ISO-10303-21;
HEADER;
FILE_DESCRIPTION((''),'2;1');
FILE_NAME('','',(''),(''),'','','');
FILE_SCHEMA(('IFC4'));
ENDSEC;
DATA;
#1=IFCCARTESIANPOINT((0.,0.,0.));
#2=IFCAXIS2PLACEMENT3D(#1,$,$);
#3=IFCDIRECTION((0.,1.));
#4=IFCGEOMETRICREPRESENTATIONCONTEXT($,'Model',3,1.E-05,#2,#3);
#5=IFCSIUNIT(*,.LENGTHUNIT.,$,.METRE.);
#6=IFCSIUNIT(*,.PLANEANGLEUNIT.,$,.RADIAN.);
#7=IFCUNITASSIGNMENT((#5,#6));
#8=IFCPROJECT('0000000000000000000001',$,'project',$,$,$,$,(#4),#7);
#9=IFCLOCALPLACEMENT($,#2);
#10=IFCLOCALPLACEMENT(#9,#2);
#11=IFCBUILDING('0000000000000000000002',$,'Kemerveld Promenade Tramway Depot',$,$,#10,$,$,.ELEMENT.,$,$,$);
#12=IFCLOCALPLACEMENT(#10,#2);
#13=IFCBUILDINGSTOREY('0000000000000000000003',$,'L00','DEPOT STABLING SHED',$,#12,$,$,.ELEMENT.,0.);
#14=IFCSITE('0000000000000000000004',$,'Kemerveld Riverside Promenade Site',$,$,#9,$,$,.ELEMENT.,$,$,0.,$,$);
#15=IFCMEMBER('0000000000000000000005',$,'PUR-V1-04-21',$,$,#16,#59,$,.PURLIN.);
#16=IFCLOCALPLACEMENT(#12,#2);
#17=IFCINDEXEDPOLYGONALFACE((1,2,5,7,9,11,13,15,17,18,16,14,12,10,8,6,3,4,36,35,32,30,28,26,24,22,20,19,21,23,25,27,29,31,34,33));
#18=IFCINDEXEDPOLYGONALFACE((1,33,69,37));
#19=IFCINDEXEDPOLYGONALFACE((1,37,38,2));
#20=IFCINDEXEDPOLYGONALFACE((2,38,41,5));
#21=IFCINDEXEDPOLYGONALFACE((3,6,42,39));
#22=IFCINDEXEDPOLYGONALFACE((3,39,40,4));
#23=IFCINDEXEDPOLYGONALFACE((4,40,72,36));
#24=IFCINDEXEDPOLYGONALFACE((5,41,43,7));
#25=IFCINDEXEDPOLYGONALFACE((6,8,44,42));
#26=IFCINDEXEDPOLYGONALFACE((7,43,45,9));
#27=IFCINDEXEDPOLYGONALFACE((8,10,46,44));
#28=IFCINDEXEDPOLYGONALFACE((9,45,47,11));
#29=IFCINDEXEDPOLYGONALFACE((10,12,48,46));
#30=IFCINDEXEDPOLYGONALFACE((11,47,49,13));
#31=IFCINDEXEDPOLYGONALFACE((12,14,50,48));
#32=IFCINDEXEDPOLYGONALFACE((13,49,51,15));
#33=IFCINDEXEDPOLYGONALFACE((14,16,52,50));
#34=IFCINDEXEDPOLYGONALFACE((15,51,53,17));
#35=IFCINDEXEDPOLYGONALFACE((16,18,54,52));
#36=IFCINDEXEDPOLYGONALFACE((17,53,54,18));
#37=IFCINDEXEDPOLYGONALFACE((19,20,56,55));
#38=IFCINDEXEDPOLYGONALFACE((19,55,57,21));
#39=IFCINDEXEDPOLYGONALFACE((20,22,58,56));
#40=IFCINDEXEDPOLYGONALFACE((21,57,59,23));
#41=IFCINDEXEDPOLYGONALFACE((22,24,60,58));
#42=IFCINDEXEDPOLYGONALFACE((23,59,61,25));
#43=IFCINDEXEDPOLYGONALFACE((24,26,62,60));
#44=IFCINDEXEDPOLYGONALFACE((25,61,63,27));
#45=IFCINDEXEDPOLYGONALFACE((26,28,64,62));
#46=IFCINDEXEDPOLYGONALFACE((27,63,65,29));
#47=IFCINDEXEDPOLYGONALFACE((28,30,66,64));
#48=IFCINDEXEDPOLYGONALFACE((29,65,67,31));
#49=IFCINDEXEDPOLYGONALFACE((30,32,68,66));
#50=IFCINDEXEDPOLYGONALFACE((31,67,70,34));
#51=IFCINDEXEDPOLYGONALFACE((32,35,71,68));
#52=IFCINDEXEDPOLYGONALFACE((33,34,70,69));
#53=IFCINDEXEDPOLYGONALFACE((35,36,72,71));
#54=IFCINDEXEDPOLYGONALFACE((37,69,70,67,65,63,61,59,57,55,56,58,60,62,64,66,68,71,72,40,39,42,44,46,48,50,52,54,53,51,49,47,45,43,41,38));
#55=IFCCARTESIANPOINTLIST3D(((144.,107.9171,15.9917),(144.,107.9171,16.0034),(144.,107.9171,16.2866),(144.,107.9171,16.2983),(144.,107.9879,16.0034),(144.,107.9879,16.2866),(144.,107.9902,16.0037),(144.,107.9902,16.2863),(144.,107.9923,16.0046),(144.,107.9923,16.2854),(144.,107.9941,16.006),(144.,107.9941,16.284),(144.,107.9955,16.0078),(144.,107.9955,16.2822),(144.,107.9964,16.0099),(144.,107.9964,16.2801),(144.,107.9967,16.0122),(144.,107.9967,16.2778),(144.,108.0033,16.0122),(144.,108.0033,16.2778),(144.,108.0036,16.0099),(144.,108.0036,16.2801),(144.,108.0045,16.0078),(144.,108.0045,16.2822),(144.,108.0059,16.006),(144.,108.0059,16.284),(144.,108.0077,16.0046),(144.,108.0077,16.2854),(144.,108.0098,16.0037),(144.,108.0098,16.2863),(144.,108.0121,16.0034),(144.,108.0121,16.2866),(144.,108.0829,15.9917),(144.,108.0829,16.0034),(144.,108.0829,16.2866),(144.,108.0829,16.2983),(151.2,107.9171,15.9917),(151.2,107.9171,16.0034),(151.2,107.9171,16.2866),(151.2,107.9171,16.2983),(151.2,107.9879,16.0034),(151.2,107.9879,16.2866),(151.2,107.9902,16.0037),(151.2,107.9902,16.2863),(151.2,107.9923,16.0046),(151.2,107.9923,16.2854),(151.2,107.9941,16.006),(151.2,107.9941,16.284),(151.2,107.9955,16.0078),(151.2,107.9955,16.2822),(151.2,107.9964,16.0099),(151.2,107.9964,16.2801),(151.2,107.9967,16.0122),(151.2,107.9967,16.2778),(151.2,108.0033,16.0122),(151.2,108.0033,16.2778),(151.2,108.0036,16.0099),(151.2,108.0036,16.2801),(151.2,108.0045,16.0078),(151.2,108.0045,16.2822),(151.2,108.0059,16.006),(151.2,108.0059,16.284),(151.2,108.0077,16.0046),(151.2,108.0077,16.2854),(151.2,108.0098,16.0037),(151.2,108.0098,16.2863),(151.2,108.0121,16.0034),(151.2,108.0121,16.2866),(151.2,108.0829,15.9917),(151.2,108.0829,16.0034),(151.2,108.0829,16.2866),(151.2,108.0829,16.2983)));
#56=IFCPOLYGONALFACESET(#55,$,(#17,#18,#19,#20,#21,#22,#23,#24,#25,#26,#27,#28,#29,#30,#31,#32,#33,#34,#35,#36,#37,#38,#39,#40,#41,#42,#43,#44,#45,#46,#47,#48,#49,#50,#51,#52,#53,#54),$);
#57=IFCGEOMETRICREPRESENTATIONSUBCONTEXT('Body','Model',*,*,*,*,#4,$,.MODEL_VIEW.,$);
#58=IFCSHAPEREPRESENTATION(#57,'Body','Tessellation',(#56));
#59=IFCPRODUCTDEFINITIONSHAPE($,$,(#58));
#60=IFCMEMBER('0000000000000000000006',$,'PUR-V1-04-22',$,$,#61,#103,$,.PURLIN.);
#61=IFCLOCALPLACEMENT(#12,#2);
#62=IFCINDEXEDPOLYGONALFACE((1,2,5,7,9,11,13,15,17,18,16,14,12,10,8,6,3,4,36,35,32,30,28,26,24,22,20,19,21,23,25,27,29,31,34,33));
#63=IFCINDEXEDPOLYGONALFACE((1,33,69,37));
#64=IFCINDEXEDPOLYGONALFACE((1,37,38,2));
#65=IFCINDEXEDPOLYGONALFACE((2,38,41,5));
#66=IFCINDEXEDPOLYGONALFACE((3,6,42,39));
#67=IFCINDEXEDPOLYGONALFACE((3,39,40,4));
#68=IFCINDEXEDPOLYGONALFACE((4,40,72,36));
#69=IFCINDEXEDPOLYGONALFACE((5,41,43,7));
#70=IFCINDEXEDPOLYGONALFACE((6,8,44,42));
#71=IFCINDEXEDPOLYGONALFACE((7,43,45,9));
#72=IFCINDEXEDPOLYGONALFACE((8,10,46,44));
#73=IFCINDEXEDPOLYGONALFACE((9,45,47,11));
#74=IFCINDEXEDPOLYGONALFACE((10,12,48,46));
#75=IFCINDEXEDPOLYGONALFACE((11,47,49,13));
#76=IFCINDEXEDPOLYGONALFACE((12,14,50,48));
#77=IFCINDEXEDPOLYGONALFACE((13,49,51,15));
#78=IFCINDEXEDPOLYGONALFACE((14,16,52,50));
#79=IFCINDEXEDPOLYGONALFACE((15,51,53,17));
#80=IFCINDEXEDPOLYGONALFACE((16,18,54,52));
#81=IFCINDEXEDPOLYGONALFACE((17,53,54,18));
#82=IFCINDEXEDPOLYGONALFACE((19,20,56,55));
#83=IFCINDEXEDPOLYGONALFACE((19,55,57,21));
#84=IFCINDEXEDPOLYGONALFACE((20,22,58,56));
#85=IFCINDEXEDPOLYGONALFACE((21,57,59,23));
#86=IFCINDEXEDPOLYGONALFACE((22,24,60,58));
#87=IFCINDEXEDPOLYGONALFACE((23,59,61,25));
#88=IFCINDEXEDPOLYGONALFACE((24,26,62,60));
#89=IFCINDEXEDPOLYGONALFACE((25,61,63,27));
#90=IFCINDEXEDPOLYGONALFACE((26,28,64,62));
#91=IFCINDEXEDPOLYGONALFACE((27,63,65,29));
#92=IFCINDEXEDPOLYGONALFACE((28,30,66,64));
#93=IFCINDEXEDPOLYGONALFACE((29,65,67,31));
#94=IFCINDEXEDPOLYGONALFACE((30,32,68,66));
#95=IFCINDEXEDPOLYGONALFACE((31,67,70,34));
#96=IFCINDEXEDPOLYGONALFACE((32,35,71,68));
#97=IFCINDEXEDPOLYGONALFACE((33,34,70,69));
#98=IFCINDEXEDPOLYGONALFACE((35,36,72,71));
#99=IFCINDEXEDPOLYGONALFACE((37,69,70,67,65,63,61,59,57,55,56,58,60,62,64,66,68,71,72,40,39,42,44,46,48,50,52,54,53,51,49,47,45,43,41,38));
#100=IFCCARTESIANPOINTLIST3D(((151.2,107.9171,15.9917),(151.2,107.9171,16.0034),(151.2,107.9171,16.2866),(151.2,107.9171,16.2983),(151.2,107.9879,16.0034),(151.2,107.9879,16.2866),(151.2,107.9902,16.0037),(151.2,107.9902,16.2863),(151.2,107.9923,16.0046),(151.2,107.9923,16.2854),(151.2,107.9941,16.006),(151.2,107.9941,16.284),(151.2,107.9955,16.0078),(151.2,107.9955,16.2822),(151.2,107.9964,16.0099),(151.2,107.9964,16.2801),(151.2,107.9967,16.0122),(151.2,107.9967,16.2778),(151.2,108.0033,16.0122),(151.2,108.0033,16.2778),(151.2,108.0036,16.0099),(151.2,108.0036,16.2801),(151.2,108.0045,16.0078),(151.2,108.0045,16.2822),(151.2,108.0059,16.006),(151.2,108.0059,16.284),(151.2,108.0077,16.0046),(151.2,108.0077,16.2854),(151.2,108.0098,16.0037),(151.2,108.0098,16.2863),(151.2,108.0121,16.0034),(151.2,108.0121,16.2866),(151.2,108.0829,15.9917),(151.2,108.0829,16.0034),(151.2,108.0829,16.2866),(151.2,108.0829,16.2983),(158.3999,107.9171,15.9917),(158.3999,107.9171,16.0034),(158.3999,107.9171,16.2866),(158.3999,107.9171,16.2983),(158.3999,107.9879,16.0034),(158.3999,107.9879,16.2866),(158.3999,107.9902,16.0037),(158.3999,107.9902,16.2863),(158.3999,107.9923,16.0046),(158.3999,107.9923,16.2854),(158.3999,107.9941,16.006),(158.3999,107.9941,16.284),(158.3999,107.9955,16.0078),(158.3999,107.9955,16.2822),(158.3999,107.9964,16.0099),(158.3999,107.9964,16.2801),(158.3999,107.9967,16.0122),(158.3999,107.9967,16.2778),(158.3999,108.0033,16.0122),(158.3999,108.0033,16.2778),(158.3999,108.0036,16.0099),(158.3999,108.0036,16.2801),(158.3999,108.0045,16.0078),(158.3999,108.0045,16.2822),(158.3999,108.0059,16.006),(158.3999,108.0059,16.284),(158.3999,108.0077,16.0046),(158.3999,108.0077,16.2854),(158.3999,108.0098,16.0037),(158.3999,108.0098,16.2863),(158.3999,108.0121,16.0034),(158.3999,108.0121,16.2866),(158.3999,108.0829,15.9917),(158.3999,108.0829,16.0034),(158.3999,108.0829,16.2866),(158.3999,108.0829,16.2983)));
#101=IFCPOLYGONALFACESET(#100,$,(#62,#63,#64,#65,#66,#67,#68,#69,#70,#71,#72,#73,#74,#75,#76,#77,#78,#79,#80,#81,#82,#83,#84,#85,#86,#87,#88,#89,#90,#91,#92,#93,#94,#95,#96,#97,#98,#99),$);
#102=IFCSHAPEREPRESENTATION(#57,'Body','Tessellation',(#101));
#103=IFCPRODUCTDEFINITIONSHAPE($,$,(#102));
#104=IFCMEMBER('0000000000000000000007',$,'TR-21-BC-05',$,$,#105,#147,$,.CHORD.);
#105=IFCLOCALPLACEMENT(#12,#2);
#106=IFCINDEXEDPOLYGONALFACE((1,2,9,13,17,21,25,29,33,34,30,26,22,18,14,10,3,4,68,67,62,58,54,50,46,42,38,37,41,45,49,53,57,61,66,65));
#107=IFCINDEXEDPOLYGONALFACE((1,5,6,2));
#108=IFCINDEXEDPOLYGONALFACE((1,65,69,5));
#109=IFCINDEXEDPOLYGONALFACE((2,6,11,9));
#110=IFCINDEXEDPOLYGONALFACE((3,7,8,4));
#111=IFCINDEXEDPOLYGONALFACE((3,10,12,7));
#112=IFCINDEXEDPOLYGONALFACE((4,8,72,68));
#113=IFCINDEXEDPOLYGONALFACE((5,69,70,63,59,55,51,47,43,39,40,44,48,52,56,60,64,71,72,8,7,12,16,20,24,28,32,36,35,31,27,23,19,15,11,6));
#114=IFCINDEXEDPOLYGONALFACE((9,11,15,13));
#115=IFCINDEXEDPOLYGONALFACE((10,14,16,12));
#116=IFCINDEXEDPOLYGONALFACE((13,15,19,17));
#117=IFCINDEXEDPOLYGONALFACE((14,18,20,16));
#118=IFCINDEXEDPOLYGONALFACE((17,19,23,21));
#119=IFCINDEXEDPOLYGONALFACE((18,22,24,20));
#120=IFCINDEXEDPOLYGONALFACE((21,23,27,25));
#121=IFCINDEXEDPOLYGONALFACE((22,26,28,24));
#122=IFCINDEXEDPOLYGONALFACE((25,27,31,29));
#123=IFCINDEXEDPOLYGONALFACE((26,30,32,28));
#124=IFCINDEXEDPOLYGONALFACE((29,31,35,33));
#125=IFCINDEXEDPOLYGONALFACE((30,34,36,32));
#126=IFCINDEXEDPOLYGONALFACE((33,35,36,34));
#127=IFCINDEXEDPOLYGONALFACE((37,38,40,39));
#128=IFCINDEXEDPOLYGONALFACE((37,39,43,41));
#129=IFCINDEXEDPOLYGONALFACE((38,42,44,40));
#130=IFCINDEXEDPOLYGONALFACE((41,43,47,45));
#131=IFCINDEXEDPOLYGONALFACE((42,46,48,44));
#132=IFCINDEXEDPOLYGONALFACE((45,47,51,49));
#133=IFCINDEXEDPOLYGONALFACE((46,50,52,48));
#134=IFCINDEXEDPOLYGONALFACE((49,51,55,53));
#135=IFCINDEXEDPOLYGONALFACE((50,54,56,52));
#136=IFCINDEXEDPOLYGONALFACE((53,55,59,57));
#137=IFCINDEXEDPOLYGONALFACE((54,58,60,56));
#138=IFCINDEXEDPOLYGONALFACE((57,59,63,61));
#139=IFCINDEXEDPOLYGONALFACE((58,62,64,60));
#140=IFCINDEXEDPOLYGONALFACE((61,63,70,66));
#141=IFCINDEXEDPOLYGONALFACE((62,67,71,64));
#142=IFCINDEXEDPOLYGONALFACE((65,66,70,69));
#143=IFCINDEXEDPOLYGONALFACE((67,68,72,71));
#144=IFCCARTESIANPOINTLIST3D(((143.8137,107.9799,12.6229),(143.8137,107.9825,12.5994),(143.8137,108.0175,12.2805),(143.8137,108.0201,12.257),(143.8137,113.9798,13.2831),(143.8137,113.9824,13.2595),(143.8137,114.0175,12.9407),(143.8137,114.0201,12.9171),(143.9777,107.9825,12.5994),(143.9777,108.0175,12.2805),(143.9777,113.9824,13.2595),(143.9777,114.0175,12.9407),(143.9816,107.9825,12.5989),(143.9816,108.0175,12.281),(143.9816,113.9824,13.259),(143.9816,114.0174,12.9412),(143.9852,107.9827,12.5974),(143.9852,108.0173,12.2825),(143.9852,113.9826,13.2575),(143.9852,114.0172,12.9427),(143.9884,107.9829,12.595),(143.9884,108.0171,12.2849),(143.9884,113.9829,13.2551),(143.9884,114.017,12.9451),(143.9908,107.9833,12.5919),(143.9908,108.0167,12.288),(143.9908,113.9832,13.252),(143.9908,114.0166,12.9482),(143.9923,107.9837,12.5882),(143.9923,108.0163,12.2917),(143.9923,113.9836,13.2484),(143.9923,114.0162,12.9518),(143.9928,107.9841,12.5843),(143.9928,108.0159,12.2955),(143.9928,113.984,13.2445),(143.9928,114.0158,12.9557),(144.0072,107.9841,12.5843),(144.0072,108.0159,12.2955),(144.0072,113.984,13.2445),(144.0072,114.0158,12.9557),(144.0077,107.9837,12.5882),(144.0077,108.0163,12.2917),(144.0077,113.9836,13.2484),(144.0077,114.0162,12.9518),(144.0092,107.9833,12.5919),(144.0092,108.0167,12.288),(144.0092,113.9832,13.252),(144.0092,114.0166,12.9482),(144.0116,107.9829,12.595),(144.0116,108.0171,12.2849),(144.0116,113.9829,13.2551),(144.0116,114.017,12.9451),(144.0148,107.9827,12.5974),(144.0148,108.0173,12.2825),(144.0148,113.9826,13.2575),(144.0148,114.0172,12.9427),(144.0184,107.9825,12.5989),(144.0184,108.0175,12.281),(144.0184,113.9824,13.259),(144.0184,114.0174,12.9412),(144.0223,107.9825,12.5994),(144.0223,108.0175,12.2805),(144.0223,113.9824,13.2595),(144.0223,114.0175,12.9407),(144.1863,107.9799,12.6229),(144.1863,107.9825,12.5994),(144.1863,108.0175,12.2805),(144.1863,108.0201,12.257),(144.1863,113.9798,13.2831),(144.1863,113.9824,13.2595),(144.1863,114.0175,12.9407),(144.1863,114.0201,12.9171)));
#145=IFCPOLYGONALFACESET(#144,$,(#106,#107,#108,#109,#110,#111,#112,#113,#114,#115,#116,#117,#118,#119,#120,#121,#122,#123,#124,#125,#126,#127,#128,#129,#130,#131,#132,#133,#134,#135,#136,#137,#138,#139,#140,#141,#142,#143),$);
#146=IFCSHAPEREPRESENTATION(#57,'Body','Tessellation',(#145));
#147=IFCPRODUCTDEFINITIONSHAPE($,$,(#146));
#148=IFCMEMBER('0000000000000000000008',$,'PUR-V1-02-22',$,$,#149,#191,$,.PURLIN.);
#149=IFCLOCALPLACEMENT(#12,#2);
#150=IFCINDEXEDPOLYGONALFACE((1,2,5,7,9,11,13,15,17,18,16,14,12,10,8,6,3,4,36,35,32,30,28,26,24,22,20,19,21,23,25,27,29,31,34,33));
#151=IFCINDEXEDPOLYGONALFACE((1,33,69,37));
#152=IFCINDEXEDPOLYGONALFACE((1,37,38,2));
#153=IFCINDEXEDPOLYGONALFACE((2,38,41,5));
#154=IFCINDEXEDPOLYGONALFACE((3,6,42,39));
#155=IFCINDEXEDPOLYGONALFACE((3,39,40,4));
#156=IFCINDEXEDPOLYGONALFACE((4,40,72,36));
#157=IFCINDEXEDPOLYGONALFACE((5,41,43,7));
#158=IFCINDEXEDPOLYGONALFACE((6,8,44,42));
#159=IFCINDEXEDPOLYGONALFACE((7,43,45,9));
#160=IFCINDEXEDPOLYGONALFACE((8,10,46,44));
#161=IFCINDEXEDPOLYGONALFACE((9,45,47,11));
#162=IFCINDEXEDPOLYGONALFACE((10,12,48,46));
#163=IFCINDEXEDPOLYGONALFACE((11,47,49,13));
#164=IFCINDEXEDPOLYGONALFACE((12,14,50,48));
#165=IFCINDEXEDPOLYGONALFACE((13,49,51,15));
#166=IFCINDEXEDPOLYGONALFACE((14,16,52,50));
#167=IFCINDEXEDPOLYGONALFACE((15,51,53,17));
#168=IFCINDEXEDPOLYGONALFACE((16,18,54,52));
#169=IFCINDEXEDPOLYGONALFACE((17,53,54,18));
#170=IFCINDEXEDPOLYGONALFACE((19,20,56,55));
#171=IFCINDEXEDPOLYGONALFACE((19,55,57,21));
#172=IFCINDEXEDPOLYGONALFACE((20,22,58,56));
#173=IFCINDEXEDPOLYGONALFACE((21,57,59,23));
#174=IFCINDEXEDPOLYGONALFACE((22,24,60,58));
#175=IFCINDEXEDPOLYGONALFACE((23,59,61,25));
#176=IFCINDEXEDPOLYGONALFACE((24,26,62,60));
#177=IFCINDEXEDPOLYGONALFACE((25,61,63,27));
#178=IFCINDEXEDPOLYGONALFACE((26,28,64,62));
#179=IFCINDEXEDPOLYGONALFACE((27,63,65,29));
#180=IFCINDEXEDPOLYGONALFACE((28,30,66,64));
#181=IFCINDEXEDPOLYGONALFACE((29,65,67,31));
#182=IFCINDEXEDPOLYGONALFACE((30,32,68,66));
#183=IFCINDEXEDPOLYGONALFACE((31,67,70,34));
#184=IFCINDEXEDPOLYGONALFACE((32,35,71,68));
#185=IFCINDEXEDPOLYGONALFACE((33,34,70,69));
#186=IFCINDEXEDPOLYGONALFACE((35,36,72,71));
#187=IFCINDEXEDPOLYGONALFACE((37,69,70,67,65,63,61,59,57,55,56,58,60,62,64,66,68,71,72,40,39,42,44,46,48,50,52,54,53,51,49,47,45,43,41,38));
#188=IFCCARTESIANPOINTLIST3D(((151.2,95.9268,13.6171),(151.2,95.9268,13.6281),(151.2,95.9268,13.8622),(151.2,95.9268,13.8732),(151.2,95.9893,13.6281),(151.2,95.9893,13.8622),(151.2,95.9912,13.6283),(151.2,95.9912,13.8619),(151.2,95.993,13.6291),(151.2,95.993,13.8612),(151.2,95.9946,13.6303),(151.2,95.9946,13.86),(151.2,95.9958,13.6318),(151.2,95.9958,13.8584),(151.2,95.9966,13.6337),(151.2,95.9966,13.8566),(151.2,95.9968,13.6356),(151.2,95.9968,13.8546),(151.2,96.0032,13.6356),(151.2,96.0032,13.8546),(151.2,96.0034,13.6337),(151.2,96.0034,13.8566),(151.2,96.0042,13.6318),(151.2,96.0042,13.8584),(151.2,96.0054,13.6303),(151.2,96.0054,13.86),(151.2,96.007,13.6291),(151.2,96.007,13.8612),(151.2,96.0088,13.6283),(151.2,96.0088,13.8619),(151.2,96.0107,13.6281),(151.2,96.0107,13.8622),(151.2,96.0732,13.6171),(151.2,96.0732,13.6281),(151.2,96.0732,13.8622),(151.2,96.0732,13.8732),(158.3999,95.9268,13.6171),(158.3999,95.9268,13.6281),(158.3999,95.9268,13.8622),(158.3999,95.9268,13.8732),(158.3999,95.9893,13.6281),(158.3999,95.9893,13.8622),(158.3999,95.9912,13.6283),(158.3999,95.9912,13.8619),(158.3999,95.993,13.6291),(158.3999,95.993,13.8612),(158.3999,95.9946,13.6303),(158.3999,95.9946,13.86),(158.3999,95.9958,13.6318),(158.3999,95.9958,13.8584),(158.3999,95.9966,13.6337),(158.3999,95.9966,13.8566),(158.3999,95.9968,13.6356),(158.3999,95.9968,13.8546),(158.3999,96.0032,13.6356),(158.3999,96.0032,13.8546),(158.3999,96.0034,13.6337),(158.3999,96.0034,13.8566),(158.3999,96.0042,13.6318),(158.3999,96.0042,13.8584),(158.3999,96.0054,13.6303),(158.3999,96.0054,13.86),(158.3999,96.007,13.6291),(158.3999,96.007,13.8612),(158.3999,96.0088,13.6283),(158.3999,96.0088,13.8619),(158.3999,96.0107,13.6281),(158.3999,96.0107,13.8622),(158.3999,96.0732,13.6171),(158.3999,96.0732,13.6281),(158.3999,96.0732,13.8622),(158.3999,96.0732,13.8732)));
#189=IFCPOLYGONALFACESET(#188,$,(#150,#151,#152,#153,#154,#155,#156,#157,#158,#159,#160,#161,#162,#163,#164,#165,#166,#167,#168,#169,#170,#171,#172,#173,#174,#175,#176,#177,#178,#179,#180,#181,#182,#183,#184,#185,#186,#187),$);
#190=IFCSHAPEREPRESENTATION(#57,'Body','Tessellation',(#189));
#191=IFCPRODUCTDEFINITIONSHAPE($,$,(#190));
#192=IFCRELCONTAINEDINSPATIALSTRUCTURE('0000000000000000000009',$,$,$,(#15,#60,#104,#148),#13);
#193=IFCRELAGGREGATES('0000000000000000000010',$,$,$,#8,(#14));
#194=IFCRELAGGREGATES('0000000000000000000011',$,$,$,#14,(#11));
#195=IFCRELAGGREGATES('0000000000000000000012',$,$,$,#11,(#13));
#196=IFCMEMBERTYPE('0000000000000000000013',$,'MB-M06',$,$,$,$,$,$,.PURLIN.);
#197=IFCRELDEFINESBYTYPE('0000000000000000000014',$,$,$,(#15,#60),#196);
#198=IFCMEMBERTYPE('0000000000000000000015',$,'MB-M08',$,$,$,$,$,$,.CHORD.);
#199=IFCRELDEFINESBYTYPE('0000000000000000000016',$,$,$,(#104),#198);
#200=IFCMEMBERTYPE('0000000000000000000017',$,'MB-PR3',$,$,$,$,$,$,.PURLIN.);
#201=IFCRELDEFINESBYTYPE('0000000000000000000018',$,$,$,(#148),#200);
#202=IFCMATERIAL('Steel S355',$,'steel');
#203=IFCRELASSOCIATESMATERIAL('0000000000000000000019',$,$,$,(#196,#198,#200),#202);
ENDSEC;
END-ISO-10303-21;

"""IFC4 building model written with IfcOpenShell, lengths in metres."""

from ifc_helpers import new_model, si_unit, direction, frame, origin, origin_2d, place, context, subcontext, project, spatial, i_section, extrude, material, material_profile, profile_set, type_object, element, save


model = new_model("IFC4")

# Units and contexts
model_context = context("Model", 3, precision=1e-05, world=origin(), true_north=direction((0.0, 1.0)))
body_context = subcontext(model_context, "Body", "Model", "MODEL_VIEW")
ifc_project = project(units=[si_unit("LENGTHUNIT", "METRE"), si_unit("PLANEANGLEUNIT", "RADIAN")], contexts=[model_context])

# Site, building, storey
site_placement = place(None, origin())
site = spatial("IfcSite", under=ifc_project, at=site_placement, Name="Kemerveld Riverside Promenade Site", CompositionType="ELEMENT", RefElevation=0.0)
building_placement = place(site_placement, origin())
building = spatial("IfcBuilding", under=site, at=building_placement, Name="Kemerveld Promenade Tramway Depot", CompositionType="ELEMENT")
storey_placement = place(building_placement, origin())
storey = spatial("IfcBuildingStorey", under=building, at=storey_placement, Name="L00", Description="DEPOT STABLING SHED", CompositionType="ELEMENT", Elevation=0.0)

# Members
ifc_material_1 = material(Name="Steel S355", Category="steel")
ifc_material_profile_1 = material_profile(ifc_material_1, i_section(OverallWidth=0.1658, OverallDepth=0.3066, WebThickness=0.0066, FlangeThickness=0.0117, FilletRadius=0.0088, at=origin_2d()), Name="305x165x46 UB")
ifc_profile_set_1 = profile_set([ifc_material_profile_1], Name="Steel S355")
member_type_1 = type_object("IfcMemberType", Name="MB-M06", PredefinedType="PURLIN", material=ifc_profile_set_1)
for number, where, z_axis, x_axis, name in (
    (1, (144.0, 108.0, 16.145), (1.0, 0.0, 0.0), (0.0, 1.0, 0.0), "PUR-V1-04-21"),
    (2, (151.2, 108.0, 16.145), (1.0, 0.0, 0.0), (0.0, 1.0, 0.0), "PUR-V1-04-22"),
):
    element("IfcMember", number, at=place(storey_placement, frame(where, z_axis=z_axis, x_axis=x_axis)), inside=storey, type_object=member_type_1, Name=name, PredefinedType="PURLIN", context=body_context, shape_type="SweptSolid", body=[
        extrude(i_section(OverallWidth=0.1658, OverallDepth=0.3066, WebThickness=0.0066, FlangeThickness=0.0117, FilletRadius=0.0088, at=origin_2d()), origin(), (0.0, 0.0, 1.0), 7.2),
    ])
ifc_material_profile_2 = material_profile(ifc_material_1, i_section(OverallWidth=0.3726, OverallDepth=0.3682, WebThickness=0.0144, FlangeThickness=0.0237, FilletRadius=0.0151, at=origin_2d()), Name="356x368x177 UC")
ifc_profile_set_2 = profile_set([ifc_material_profile_2], Name="Steel S355")
member_type_2 = type_object("IfcMemberType", Name="MB-M08", PredefinedType="CHORD", material=ifc_profile_set_2)
member_1_placement = place(storey_placement, frame((144.0, 108.0, 12.4399), z_axis=(0.0, 0.994002, 0.109366), x_axis=(-1.0, 0.0, 0.0)))
element("IfcMember", 3, at=member_1_placement, inside=storey, type_object=member_type_2, Name="TR-21-BC-05", PredefinedType="CHORD", context=body_context, shape_type="SweptSolid", body=[
    extrude(i_section(OverallWidth=0.3726, OverallDepth=0.3682, WebThickness=0.0144, FlangeThickness=0.0237, FilletRadius=0.0151, at=origin_2d()), origin(), (0.0, 0.0, 1.0), 6.0361),
])
ifc_material_profile_3 = material_profile(ifc_material_1, i_section(OverallWidth=0.1465, OverallDepth=0.2561, WebThickness=0.0063, FlangeThickness=0.011, FilletRadius=0.0076, at=origin_2d()), Name="254x146x37 UB")
ifc_profile_set_3 = profile_set([ifc_material_profile_3], Name="Steel S355")
member_type_3 = type_object("IfcMemberType", Name="MB-PR3", PredefinedType="PURLIN", material=ifc_profile_set_3)
member_2_placement = place(storey_placement, frame((151.2, 96.0, 13.7451), z_axis=(1.0, 0.0, 0.0), x_axis=(0.0, 1.0, 0.0)))
element("IfcMember", 4, at=member_2_placement, inside=storey, type_object=member_type_3, Name="PUR-V1-02-22", PredefinedType="PURLIN", context=body_context, shape_type="SweptSolid", body=[
    extrude(i_section(OverallWidth=0.1465, OverallDepth=0.2561, WebThickness=0.0063, FlangeThickness=0.011, FilletRadius=0.0076, at=origin_2d()), origin(), (0.0, 0.0, 1.0), 7.2),
])

save(model, "model.ifc")
